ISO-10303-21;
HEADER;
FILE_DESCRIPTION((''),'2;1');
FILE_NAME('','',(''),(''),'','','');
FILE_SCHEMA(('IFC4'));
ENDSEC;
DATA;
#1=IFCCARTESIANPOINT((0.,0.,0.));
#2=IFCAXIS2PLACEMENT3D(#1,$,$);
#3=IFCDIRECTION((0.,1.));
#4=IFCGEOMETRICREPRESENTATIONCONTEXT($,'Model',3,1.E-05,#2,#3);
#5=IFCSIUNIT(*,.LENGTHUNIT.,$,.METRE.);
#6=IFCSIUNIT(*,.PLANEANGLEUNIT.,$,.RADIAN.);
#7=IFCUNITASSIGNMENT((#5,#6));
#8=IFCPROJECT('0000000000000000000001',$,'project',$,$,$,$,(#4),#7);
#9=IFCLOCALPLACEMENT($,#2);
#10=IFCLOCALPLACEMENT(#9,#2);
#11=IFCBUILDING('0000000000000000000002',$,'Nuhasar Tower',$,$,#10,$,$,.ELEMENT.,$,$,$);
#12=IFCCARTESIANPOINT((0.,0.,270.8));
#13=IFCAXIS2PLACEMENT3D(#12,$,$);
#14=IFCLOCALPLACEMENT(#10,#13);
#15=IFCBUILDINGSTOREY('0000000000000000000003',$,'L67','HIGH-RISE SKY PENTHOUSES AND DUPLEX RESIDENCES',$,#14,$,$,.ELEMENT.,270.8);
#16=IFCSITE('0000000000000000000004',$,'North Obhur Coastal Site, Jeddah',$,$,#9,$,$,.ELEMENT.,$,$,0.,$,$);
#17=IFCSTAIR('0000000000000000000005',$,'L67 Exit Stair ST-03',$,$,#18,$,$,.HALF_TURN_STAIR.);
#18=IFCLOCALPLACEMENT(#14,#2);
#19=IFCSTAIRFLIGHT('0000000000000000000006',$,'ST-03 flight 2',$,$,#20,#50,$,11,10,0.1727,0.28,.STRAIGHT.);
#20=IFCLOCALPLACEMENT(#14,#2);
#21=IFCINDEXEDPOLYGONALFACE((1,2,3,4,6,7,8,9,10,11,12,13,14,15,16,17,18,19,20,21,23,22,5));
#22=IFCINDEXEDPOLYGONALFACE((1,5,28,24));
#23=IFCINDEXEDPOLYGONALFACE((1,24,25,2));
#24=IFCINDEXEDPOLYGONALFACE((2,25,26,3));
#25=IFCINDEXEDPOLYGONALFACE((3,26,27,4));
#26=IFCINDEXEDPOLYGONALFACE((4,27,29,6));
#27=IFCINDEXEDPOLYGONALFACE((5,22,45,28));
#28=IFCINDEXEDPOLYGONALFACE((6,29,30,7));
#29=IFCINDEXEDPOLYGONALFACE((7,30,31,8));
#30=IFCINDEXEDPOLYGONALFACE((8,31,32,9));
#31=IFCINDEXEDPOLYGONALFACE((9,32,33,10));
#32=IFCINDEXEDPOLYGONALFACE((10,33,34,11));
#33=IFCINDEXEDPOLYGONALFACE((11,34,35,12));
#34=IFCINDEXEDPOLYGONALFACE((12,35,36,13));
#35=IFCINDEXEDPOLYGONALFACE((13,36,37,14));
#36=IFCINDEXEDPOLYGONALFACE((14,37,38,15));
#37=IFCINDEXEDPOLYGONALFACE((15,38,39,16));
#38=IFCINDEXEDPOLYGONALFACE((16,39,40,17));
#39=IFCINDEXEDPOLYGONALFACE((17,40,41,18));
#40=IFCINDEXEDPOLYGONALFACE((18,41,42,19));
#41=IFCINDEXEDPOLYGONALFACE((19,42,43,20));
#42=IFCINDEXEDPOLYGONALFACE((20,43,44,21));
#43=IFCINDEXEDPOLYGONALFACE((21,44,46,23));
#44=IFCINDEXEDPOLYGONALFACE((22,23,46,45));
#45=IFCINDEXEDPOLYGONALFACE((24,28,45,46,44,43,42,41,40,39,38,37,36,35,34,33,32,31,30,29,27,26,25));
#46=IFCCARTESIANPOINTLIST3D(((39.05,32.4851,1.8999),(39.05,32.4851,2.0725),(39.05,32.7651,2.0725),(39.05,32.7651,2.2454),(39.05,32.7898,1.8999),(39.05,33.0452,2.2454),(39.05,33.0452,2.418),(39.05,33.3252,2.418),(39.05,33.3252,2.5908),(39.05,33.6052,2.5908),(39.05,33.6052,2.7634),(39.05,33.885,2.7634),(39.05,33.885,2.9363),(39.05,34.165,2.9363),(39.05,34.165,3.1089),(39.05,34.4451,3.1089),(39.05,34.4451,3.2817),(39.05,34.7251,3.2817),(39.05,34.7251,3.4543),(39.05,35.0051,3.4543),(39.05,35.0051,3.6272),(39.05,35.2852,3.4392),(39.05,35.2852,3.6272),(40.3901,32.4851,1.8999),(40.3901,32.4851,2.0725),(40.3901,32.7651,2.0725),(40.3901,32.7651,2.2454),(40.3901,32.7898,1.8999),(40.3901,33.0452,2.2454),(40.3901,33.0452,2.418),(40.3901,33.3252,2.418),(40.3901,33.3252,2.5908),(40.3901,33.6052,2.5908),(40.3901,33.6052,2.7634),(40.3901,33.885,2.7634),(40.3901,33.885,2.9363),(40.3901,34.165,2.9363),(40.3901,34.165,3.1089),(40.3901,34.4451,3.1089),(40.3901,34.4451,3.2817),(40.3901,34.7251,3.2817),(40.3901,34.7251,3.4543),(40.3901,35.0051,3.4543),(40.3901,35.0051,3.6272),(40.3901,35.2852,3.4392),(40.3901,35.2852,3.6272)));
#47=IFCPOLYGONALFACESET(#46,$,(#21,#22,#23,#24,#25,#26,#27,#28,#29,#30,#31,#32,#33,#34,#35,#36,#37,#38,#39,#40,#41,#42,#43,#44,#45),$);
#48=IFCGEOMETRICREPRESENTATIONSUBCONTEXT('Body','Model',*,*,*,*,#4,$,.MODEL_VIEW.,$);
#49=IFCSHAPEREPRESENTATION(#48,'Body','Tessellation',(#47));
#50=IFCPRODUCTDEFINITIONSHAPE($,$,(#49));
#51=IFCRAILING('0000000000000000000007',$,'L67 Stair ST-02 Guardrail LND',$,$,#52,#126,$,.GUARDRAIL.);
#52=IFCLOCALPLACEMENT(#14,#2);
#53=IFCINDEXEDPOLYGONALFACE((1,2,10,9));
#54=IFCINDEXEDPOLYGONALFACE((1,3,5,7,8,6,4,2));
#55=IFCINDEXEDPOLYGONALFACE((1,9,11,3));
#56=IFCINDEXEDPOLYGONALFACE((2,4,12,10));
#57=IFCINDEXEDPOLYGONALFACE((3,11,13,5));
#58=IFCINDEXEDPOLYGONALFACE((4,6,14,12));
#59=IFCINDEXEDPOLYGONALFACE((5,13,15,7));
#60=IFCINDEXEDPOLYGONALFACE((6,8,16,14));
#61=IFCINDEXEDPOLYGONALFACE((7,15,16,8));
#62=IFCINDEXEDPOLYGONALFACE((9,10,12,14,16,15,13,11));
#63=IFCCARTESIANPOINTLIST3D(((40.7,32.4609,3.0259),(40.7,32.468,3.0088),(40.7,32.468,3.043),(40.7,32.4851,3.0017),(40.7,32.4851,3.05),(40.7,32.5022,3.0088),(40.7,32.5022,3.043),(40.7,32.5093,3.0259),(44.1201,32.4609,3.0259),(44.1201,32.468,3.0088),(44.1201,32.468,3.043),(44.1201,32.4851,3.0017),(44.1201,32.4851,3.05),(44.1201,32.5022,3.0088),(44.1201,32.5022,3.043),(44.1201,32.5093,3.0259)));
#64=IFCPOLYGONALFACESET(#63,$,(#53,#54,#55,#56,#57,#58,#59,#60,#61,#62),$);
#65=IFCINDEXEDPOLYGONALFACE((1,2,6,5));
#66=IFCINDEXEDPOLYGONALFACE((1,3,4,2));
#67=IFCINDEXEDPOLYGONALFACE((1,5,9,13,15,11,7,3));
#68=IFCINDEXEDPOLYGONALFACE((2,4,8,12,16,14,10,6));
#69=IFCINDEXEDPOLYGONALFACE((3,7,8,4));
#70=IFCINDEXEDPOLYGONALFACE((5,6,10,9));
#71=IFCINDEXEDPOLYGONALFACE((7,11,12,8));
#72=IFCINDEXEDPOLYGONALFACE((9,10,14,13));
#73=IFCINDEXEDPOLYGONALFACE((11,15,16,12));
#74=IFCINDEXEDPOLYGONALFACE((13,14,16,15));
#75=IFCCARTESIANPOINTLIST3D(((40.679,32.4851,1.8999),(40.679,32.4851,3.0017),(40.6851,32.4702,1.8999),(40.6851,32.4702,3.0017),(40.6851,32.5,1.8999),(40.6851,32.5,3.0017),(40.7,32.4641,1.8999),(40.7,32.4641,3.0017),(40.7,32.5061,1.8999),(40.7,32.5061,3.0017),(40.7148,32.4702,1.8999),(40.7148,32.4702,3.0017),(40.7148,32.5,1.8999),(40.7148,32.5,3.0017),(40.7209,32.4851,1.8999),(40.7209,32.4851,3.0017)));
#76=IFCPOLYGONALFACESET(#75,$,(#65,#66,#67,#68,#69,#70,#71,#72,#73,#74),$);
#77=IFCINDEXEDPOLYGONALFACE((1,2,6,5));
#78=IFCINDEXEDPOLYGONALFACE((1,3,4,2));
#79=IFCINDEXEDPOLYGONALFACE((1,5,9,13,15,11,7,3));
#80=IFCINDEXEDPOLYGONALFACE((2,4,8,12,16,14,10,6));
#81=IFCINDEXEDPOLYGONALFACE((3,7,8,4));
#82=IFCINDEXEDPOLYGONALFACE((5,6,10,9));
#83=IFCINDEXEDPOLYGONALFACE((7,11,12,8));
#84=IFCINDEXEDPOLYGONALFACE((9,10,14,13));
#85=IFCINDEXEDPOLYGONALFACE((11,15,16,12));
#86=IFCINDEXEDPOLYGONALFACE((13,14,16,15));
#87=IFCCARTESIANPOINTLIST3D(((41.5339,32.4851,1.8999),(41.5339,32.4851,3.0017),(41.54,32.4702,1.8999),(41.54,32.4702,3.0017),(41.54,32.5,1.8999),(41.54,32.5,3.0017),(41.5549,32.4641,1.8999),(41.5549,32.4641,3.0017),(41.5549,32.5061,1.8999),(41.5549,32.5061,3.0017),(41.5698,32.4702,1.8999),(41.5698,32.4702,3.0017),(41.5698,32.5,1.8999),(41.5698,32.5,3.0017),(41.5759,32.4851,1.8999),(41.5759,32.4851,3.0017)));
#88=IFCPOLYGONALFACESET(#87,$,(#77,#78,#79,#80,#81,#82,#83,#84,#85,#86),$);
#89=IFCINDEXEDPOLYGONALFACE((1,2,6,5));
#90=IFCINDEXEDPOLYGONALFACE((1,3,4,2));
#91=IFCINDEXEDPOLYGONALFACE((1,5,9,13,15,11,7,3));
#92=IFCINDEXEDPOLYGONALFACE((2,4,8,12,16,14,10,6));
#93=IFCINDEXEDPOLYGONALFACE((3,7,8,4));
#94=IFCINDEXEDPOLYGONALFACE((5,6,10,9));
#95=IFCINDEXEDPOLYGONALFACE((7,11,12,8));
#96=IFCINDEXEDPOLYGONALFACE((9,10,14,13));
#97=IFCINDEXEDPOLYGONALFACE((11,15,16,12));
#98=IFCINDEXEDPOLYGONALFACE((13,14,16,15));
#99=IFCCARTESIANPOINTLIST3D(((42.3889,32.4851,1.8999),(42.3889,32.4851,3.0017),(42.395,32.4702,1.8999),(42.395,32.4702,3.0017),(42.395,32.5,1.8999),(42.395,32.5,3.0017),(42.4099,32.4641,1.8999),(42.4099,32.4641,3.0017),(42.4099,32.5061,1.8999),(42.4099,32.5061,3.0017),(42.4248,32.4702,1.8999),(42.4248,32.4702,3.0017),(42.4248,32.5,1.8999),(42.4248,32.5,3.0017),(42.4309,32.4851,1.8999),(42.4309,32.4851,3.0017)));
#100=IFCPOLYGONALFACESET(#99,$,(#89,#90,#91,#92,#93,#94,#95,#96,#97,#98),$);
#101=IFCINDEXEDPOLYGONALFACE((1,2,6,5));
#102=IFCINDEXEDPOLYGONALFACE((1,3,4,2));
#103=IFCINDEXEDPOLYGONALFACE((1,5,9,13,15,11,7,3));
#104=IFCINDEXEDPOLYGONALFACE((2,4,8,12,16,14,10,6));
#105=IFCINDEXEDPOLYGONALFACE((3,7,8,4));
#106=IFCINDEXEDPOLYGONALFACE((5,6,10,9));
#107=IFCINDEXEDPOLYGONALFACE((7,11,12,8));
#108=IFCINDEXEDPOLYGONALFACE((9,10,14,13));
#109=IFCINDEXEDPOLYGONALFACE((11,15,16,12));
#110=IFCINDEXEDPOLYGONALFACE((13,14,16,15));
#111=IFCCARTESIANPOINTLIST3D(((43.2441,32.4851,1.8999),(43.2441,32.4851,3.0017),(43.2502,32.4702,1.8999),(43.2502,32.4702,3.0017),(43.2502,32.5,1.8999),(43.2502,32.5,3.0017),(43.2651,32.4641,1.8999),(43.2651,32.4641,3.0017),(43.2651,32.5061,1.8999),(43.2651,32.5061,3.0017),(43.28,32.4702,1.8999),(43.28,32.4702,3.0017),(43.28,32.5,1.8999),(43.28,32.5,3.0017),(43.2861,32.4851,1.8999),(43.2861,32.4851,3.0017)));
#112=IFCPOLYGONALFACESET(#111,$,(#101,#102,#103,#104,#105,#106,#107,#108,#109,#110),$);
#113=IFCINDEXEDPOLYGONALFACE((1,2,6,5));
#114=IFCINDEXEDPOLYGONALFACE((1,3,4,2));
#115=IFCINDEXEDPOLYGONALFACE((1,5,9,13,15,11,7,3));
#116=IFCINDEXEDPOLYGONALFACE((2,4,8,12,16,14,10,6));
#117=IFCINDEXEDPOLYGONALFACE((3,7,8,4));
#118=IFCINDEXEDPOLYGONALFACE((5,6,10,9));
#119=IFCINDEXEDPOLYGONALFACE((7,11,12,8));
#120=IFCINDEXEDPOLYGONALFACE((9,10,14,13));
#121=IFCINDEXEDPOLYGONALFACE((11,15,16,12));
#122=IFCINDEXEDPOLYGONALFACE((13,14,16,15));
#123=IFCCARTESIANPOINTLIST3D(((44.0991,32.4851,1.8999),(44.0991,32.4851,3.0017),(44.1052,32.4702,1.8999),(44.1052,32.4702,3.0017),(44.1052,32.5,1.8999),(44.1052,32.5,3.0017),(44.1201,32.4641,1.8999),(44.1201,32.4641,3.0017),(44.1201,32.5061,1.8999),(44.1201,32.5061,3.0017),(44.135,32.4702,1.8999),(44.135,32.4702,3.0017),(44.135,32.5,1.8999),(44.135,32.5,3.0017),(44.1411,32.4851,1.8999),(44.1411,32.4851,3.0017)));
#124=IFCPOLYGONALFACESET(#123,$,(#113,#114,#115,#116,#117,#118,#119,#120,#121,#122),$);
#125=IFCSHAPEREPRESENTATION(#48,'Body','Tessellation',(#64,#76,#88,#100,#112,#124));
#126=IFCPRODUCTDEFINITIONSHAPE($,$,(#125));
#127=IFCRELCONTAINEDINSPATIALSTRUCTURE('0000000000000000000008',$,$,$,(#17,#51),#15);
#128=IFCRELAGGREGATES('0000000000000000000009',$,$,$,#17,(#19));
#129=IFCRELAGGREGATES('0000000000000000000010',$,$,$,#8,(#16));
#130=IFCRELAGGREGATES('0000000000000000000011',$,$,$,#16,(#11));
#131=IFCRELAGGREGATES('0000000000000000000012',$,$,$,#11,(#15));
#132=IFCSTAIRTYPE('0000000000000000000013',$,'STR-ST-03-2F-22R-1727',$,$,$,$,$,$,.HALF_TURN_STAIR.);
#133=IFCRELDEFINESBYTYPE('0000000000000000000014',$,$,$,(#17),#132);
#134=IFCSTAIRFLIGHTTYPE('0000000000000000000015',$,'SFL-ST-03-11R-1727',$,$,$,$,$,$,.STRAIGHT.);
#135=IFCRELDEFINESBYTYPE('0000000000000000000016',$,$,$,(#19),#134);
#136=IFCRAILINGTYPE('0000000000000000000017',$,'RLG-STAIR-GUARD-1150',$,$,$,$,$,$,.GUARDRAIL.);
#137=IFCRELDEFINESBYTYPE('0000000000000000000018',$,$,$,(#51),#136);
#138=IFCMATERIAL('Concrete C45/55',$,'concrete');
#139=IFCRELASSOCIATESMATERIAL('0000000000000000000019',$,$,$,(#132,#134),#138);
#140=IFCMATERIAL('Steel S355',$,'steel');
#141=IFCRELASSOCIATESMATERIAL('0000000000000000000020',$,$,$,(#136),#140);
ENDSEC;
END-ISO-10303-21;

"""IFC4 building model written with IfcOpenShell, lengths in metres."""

from ifc_helpers import new_model, si_unit, direction, frame, origin, place, context, subcontext, project, spatial, polyline, outline, extrude, material, type_object, element, aggregate, save


model = new_model("IFC4")

# Units and contexts
model_context = context("Model", 3, precision=1e-05, world=origin(), true_north=direction((0.0, 1.0)))
body_context = subcontext(model_context, "Body", "Model", "MODEL_VIEW")
ifc_project = project(units=[si_unit("LENGTHUNIT", "METRE"), si_unit("PLANEANGLEUNIT", "RADIAN")], contexts=[model_context])

# Site, building, storey
site_placement = place(None, origin())
site = spatial("IfcSite", under=ifc_project, at=site_placement, Name="North Obhur Coastal Site, Jeddah", CompositionType="ELEMENT", RefElevation=0.0)
building_placement = place(site_placement, origin())
building = spatial("IfcBuilding", under=site, at=building_placement, Name="Nuhasar Tower", CompositionType="ELEMENT")
storey_placement = place(building_placement, frame((0.0, 0.0, 270.8)))
storey = spatial("IfcBuildingStorey", under=building, at=storey_placement, Name="L67", Description="HIGH-RISE SKY PENTHOUSES AND DUPLEX RESIDENCES", CompositionType="ELEMENT", Elevation=270.8)

# Shared definitions
ifc_material_1 = material(Name="Steel S355", Category="steel")

# Shared definitions
ifc_material_2 = material(Name="Concrete C45/55", Category="concrete")

# Stair, stair flight
stair_type_1 = type_object("IfcStairType", Name="STR-ST-03-2F-22R-1727", PredefinedType="HALF_TURN_STAIR", material=ifc_material_2)
stair_1_placement = place(storey_placement, origin())
stair_1 = element("IfcStair", 1, at=stair_1_placement, inside=storey, type_object=stair_type_1, Name="L67 Exit Stair ST-03", PredefinedType="HALF_TURN_STAIR")
stair_flight_type_1 = type_object("IfcStairFlightType", Name="SFL-ST-03-11R-1727", PredefinedType="STRAIGHT", material=ifc_material_2)
stair_flight_1_placement = place(storey_placement, frame((39.72, 32.4851, 1.8999), z_axis=(0.0, 0.0, 1.0), x_axis=(0.0, 1.0, 0.0)))
stair_flight_1 = element("IfcStairFlight", 2, at=stair_flight_1_placement, type_object=stair_flight_type_1, Name="ST-03 flight 2", NumberOfRisers=11, NumberOfTreads=10, PredefinedType="STRAIGHT", RiserHeight=0.1727, TreadLength=0.28, context=body_context, shape_type="SweptSolid", body=[
    extrude(outline(polyline([(0.0, 0.0), (0.0, 0.1726), (0.28, 0.1726), (0.28, 0.3455), (0.5601, 0.3455), (0.5601, 0.5181), (0.8401, 0.5181), (0.8401, 0.6909), (1.1201, 0.6909), (1.1201, 0.8635), (1.3999, 0.8635), (1.3999, 1.0364), (1.6799, 1.0364), (1.6799, 1.209), (1.96, 1.209), (1.96, 1.3818), (2.24, 1.3818), (2.24, 1.5544), (2.52, 1.5544), (2.52, 1.7273), (2.8, 1.7273), (2.8, 1.8999), (2.8, 1.5393), (0.3047, 0.0), (0.0, 0.0)])), frame((0.0, 0.6699, 0.0), z_axis=(0.0, -1.0, 0.0), x_axis=(1.0, 0.0, 0.0)), (0.0, 0.0, 1.0), 1.3401),
])
aggregate(stair_1, [stair_flight_1])

# Railing
railing_type_1 = type_object("IfcRailingType", Name="RLG-STAIR-GUARD-1150", PredefinedType="GUARDRAIL", material=ifc_material_1)
railing_1_placement = place(storey_placement, frame((40.7, 32.4851, 1.8999)))
element("IfcRailing", 3, at=railing_1_placement, inside=storey, type_object=railing_type_1, Name="L67 Stair ST-02 Guardrail LND", PredefinedType="GUARDRAIL", context=body_context, shape_type="SweptSolid", body=[
    extrude(outline(polyline([(0.0242, 0.0), (0.0171, 0.0171), (0.0, 0.0242), (-0.0171, 0.0171), (-0.0242, 0.0), (-0.0171, -0.0171), (0.0, -0.0242), (0.0171, -0.0171), (0.0242, 0.0)])), frame((0.0, 0.0, 1.126), z_axis=(1.0, 0.0, 0.0), x_axis=(0.0, 1.0, 0.0)), (0.0, 0.0, 1.0), 3.4202),
    extrude(outline(polyline([(0.021, 0.0), (0.0149, 0.0149), (0.0, 0.021), (-0.0149, 0.0149), (-0.021, 0.0), (-0.0149, -0.0149), (0.0, -0.021), (0.0149, -0.0149), (0.021, 0.0)])), origin(), (0.0, 0.0, 1.0), 1.1018),
    extrude(outline(polyline([(0.021, 0.0), (0.0149, 0.0149), (0.0, 0.021), (-0.0149, 0.0149), (-0.021, 0.0), (-0.0149, -0.0149), (0.0, -0.021), (0.0149, -0.0149), (0.021, 0.0)])), frame((0.855, 0.0, 0.0)), (0.0, 0.0, 1.0), 1.1018),
    extrude(outline(polyline([(0.021, 0.0), (0.0149, 0.0149), (0.0, 0.021), (-0.0149, 0.0149), (-0.021, 0.0), (-0.0149, -0.0149), (0.0, -0.021), (0.0149, -0.0149), (0.021, 0.0)])), frame((1.71, 0.0, 0.0)), (0.0, 0.0, 1.0), 1.1018),
    extrude(outline(polyline([(0.021, 0.0), (0.0149, 0.0149), (0.0, 0.021), (-0.0149, 0.0149), (-0.021, 0.0), (-0.0149, -0.0149), (0.0, -0.021), (0.0149, -0.0149), (0.021, 0.0)])), frame((2.5652, 0.0, 0.0)), (0.0, 0.0, 1.0), 1.1018),
    extrude(outline(polyline([(0.021, 0.0), (0.0149, 0.0149), (0.0, 0.021), (-0.0149, 0.0149), (-0.021, 0.0), (-0.0149, -0.0149), (0.0, -0.021), (0.0149, -0.0149), (0.021, 0.0)])), frame((3.4202, 0.0, 0.0)), (0.0, 0.0, 1.0), 1.1018),
])

save(model, "model.ifc")
